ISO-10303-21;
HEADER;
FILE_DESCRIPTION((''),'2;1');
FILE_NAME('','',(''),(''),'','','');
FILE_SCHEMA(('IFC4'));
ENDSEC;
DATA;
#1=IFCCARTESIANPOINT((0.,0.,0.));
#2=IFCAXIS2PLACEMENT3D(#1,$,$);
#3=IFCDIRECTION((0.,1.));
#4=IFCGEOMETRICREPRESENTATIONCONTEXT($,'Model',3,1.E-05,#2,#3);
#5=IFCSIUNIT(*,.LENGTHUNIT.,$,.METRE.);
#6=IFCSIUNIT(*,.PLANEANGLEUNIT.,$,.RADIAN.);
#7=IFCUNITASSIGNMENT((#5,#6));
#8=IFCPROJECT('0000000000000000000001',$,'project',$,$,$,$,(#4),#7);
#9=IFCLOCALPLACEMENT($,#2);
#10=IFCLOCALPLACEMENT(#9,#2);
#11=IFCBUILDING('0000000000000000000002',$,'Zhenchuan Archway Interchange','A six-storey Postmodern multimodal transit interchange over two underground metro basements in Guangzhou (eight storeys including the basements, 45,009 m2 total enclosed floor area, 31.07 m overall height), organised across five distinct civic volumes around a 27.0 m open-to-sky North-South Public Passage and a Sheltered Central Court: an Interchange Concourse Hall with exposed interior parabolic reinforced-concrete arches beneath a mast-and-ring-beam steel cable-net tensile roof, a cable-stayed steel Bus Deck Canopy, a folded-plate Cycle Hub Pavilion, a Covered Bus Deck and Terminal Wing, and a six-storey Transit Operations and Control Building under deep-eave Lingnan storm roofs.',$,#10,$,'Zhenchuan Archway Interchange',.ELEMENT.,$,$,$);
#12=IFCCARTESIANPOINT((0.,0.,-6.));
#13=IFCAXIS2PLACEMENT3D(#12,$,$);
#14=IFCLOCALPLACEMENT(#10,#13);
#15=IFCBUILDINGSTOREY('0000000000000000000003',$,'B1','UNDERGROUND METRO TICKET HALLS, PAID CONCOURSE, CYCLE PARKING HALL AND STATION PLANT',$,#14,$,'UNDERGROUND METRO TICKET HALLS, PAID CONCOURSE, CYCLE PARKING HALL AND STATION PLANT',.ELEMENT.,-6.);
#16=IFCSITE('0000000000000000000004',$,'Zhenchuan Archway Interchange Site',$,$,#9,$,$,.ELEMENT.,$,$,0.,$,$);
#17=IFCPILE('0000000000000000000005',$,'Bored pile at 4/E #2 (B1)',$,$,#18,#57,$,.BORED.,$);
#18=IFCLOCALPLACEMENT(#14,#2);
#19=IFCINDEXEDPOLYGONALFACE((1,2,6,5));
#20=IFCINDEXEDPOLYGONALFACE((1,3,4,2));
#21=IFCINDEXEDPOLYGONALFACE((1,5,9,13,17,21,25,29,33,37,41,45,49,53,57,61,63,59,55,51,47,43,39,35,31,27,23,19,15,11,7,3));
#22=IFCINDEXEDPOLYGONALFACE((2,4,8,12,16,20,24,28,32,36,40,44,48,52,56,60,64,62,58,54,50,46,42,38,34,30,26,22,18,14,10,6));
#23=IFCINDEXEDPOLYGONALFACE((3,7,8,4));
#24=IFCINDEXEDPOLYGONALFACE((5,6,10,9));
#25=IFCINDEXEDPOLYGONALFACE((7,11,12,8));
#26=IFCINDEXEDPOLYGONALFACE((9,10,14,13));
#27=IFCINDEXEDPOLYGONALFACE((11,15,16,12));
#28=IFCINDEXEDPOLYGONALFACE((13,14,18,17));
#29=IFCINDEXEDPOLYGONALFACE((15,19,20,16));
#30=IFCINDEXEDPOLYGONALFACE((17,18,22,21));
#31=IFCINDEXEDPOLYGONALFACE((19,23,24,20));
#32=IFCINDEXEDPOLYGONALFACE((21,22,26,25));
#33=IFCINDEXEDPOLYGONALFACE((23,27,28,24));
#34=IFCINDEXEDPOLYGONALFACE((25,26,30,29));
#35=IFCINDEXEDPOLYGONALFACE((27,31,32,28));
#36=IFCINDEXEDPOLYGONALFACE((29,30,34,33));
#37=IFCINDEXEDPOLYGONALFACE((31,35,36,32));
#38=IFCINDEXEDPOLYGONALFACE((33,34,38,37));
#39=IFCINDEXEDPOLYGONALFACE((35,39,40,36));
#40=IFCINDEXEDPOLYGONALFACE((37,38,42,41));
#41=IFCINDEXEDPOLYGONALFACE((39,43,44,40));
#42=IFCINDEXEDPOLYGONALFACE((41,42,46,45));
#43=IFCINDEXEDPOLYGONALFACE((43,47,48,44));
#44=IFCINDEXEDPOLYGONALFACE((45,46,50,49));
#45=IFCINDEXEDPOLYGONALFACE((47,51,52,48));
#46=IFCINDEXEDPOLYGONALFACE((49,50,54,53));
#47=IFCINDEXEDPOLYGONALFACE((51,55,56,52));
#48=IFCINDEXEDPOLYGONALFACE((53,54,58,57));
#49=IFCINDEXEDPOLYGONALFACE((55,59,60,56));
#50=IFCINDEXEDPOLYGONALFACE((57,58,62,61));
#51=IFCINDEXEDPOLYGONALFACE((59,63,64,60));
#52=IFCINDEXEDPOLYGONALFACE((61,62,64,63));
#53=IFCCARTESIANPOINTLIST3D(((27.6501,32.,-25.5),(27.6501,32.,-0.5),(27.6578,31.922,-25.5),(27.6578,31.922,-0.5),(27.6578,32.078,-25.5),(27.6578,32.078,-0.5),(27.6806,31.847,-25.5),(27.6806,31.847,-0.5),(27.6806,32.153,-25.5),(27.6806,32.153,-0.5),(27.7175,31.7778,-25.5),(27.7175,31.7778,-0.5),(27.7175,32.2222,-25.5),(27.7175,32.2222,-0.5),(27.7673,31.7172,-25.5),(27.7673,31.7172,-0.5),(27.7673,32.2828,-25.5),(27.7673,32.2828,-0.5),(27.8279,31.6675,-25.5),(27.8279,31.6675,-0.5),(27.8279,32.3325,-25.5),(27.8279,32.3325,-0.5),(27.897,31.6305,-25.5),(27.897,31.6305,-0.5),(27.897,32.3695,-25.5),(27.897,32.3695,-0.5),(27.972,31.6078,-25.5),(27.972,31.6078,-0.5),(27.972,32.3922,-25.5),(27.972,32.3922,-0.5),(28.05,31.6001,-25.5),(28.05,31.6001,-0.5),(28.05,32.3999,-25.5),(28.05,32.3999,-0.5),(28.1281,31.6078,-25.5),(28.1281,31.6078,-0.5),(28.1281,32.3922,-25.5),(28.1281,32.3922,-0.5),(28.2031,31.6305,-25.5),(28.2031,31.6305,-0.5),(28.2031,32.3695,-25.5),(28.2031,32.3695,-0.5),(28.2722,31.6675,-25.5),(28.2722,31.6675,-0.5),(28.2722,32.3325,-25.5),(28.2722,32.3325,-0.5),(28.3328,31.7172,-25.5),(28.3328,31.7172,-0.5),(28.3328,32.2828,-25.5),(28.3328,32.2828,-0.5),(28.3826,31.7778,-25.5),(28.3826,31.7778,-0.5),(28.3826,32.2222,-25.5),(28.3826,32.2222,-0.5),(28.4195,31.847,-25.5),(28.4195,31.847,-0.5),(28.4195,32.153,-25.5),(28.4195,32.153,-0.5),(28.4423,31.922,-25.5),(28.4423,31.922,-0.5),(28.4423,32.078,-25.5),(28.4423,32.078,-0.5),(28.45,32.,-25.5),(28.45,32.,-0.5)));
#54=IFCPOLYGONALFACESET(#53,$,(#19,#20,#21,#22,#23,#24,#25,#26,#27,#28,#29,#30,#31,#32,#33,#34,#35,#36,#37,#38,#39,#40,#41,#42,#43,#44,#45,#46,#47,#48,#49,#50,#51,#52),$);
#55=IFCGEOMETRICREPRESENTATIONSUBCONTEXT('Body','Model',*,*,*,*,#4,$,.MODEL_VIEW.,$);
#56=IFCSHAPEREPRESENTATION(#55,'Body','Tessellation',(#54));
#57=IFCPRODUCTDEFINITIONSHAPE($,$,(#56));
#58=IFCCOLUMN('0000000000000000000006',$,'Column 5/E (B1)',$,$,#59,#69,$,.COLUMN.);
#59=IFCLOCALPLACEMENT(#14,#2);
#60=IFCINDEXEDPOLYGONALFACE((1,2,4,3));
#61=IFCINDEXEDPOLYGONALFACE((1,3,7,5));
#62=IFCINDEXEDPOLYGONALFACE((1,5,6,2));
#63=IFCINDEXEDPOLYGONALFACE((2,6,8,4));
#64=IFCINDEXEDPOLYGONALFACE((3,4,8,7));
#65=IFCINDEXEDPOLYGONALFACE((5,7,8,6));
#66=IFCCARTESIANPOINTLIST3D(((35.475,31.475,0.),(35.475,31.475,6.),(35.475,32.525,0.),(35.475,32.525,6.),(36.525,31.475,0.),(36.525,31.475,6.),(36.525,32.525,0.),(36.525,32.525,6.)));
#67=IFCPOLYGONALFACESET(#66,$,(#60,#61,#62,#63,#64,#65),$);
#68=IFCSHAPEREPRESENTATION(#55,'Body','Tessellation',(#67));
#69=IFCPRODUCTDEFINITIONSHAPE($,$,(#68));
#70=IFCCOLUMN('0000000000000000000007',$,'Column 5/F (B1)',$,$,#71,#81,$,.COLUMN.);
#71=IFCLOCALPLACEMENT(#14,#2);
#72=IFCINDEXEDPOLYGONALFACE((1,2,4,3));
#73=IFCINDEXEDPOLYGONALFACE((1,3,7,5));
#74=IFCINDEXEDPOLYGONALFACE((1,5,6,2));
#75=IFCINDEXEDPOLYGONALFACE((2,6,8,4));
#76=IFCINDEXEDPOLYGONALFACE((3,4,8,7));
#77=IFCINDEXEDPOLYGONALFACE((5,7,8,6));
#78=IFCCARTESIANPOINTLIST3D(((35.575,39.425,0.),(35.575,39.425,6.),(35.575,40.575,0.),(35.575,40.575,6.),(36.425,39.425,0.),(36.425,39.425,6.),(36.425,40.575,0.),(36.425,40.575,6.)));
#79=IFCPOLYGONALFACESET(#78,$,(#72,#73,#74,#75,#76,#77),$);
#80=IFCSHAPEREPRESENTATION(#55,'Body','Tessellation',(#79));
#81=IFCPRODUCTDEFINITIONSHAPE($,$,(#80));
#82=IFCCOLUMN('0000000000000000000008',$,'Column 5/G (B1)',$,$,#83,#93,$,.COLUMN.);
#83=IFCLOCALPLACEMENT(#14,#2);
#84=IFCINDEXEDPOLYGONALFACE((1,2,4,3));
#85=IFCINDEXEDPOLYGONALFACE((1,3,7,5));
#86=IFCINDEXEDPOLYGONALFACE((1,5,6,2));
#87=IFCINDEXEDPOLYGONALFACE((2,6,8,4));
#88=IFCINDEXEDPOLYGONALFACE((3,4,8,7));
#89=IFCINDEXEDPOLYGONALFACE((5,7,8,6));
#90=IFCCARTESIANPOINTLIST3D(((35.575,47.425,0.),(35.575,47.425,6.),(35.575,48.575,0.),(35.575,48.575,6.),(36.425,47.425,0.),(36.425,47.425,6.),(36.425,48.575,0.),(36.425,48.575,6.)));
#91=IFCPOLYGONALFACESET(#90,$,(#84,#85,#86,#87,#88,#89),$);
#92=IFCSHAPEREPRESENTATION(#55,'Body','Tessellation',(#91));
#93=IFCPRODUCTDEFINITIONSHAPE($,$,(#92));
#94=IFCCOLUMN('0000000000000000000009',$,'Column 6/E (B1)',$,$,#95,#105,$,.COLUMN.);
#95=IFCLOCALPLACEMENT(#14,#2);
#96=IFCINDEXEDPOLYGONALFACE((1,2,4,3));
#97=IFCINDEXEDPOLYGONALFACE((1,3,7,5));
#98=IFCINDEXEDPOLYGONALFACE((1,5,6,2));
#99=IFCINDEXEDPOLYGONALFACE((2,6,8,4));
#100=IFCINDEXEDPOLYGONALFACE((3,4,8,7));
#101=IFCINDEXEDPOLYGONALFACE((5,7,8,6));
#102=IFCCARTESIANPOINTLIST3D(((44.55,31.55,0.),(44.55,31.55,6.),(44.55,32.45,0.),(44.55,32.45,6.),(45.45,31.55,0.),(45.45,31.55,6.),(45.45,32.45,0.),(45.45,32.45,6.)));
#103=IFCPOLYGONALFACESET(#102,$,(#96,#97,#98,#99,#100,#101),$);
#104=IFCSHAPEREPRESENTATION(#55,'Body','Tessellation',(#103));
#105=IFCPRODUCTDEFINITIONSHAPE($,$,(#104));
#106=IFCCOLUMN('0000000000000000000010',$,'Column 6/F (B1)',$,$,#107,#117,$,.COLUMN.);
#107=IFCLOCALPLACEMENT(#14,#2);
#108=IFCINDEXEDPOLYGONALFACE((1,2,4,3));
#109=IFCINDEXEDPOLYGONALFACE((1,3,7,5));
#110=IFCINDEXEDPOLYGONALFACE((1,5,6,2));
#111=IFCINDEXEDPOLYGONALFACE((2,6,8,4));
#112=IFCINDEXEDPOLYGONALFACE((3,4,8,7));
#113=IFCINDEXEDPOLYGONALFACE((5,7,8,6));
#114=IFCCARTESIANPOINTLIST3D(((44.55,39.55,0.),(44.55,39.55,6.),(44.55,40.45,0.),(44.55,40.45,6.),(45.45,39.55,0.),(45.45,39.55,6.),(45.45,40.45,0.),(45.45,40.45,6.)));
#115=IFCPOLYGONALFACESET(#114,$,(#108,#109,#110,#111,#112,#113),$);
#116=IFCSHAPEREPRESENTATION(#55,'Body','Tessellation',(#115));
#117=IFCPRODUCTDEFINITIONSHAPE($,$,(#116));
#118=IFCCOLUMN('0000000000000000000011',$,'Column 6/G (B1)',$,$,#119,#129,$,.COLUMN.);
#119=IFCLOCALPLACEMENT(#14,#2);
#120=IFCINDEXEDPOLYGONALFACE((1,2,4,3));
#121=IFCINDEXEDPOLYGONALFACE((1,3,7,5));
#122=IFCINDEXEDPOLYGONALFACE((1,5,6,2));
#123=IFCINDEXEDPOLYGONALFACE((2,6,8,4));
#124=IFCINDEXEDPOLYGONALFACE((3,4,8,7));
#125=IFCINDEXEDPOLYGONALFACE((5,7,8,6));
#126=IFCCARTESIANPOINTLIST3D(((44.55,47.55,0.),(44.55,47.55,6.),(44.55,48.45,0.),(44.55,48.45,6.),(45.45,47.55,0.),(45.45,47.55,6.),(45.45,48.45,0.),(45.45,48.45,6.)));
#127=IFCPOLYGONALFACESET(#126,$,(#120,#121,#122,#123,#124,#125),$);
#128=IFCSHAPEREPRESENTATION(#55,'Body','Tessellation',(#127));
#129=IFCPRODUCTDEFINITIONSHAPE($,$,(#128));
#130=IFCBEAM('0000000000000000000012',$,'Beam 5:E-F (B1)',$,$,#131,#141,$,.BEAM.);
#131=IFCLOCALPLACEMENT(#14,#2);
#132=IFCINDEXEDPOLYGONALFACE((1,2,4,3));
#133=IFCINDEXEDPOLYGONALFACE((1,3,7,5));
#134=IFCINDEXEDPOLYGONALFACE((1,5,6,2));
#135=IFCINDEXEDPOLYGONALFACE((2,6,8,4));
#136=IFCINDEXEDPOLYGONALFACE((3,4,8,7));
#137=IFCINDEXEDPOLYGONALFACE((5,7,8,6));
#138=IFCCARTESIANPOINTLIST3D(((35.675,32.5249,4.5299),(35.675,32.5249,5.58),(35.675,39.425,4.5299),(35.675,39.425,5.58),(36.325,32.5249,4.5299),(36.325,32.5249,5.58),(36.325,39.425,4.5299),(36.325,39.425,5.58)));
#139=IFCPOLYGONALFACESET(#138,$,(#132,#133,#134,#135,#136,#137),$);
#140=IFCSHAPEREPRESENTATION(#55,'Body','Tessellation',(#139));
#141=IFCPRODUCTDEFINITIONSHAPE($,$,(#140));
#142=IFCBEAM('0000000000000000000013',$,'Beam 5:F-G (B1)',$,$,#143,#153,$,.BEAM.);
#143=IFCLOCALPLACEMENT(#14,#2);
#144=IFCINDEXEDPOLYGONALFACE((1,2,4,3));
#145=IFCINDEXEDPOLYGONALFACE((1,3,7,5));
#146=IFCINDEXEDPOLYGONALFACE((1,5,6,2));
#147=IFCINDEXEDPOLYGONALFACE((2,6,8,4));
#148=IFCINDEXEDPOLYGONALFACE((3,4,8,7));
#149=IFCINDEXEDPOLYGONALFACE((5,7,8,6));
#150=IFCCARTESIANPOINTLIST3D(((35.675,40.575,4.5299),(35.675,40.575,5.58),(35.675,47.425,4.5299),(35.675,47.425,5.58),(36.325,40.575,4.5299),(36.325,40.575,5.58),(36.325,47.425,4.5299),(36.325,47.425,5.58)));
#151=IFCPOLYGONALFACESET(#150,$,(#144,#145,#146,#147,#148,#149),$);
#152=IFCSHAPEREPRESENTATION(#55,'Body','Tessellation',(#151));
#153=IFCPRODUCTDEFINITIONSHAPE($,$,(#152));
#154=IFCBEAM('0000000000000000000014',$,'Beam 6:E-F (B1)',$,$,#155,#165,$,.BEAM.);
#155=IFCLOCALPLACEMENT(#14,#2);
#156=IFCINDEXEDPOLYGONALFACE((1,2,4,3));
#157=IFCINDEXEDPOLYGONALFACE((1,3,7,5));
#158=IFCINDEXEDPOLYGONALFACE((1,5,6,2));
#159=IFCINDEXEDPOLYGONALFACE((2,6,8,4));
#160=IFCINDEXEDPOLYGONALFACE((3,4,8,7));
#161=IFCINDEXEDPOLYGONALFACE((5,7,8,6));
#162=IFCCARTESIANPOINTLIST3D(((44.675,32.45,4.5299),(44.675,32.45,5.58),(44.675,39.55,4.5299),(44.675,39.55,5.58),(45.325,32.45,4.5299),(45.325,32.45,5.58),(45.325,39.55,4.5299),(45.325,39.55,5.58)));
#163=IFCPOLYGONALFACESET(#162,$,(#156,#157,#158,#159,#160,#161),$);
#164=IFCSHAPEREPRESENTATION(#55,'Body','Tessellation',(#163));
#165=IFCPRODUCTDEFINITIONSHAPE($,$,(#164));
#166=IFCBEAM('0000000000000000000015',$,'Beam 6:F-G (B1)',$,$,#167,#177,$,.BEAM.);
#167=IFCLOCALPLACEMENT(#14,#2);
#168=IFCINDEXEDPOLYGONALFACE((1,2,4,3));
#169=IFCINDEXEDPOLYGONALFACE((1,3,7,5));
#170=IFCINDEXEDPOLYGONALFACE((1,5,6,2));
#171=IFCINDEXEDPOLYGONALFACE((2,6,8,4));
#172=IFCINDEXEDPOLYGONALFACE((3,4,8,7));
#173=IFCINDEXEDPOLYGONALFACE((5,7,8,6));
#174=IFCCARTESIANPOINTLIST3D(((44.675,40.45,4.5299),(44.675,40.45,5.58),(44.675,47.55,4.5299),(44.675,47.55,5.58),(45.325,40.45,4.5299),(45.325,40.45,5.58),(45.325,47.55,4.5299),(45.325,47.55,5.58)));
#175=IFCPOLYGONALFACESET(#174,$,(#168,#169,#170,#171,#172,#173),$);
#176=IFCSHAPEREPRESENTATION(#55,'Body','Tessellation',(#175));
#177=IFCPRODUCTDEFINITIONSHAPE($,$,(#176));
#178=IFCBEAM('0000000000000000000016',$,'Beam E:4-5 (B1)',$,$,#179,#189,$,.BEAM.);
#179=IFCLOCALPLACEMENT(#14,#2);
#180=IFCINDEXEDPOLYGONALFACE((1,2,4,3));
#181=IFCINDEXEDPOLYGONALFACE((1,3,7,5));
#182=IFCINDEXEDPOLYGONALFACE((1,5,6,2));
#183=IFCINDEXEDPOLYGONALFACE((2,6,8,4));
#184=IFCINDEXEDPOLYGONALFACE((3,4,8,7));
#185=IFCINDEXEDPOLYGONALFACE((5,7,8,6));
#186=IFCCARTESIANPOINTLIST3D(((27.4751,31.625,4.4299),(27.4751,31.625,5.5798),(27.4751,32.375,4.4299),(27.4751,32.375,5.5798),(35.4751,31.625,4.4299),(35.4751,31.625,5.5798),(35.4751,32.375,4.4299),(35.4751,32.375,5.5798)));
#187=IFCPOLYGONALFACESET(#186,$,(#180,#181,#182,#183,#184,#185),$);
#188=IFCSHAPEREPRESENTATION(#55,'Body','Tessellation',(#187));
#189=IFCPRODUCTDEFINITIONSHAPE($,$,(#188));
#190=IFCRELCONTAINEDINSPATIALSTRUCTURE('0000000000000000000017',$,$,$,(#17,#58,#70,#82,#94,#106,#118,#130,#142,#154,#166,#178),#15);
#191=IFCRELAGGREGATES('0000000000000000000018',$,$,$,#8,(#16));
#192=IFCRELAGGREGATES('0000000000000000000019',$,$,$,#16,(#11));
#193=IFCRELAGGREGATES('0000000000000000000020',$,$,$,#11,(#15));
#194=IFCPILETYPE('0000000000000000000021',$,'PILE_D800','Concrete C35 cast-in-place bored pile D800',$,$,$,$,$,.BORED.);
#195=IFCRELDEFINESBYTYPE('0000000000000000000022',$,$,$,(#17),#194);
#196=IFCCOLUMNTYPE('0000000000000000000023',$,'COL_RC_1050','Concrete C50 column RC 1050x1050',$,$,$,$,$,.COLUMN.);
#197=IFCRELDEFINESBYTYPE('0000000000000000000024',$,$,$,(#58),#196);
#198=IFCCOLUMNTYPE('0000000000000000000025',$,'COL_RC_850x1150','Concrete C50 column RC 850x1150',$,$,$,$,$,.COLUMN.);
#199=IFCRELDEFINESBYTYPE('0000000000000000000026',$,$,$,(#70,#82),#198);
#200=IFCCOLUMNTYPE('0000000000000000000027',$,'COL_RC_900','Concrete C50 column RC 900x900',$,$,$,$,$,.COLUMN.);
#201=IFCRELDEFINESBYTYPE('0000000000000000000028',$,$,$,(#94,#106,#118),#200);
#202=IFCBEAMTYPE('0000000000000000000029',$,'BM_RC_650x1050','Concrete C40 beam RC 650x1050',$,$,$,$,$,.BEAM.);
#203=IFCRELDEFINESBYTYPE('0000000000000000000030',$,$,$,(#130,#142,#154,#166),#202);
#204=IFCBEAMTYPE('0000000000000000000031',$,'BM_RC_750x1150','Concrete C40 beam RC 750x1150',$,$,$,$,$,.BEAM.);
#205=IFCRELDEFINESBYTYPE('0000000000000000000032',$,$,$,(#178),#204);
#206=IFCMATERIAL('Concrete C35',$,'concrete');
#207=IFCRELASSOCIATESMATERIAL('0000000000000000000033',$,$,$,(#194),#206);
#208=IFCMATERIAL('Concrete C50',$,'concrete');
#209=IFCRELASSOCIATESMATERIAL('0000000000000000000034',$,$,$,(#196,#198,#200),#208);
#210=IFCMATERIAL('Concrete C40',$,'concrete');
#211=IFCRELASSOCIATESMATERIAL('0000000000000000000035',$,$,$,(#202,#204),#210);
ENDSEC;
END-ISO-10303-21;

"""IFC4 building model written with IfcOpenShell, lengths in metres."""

from ifc_helpers import new_model, si_unit, direction, frame, origin, origin_2d, place, context, subcontext, project, spatial, rectangle, circle, extrude, material, material_profile, profile_set, type_object, element, save


model = new_model("IFC4")

# Units and contexts
model_context = context("Model", 3, precision=1e-05, world=origin(), true_north=direction((0.0, 1.0)))
body_context = subcontext(model_context, "Body", "Model", "MODEL_VIEW")
ifc_project = project(units=[si_unit("LENGTHUNIT", "METRE"), si_unit("PLANEANGLEUNIT", "RADIAN")], contexts=[model_context])

# Site, building, storey
site_placement = place(None, origin())
site = spatial("IfcSite", under=ifc_project, at=site_placement, Name="Zhenchuan Archway Interchange Site", CompositionType="ELEMENT", RefElevation=0.0)
building_placement = place(site_placement, origin())
building = spatial("IfcBuilding", under=site, at=building_placement, Name="Zhenchuan Archway Interchange", Description="A six-storey Postmodern multimodal transit interchange over two underground metro basements in Guangzhou (eight storeys including the basements, 45,009 m2 total enclosed floor area, 31.07 m overall height), organised across five distinct civic volumes around a 27.0 m open-to-sky North-South Public Passage and a Sheltered Central Court: an Interchange Concourse Hall with exposed interior parabolic reinforced-concrete arches beneath a mast-and-ring-beam steel cable-net tensile roof, a cable-stayed steel Bus Deck Canopy, a folded-plate Cycle Hub Pavilion, a Covered Bus Deck and Terminal Wing, and a six-storey Transit Operations and Control Building under deep-eave Lingnan storm roofs.", LongName="Zhenchuan Archway Interchange", CompositionType="ELEMENT")
storey_placement = place(building_placement, frame((0.0, 0.0, -6.0)))
storey = spatial("IfcBuildingStorey", under=building, at=storey_placement, Name="B1", Description="UNDERGROUND METRO TICKET HALLS, PAID CONCOURSE, CYCLE PARKING HALL AND STATION PLANT", LongName="UNDERGROUND METRO TICKET HALLS, PAID CONCOURSE, CYCLE PARKING HALL AND STATION PLANT", CompositionType="ELEMENT", Elevation=-6.0)

# Pile
ifc_material_1 = material(Name="Concrete C35", Category="concrete")
ifc_material_profile_1 = material_profile(ifc_material_1, circle(Radius=0.3999, at=origin_2d()), Name="BORED PILE 800")
ifc_profile_set_1 = profile_set([ifc_material_profile_1], Name="Concrete C35")
pile_type = type_object("IfcPileType", Name="PILE_D800", Description="Concrete C35 cast-in-place bored pile D800", PredefinedType="BORED", material=ifc_profile_set_1)
pile_placement = place(storey_placement, frame((28.05, 32.0, -0.5), z_axis=(0.0, 0.0, -1.0), x_axis=(1.0, 0.0, 0.0)))
element("IfcPile", 1, at=pile_placement, inside=storey, type_object=pile_type, Name="Bored pile at 4/E #2 (B1)", PredefinedType="BORED", context=body_context, shape_type="SweptSolid", body=[
    extrude(circle(Radius=0.3999, at=origin_2d()), origin(), (0.0, 0.0, 1.0), 25.0),
])

# Columns
ifc_material_2 = material(Name="Concrete C50", Category="concrete")
ifc_material_profile_2 = material_profile(ifc_material_2, rectangle(XDim=1.05, YDim=1.05, at=origin_2d()), Name="RC 1050x1050")
ifc_profile_set_2 = profile_set([ifc_material_profile_2], Name="Concrete C50")
column_type_1 = type_object("IfcColumnType", Name="COL_RC_1050", Description="Concrete C50 column RC 1050x1050", PredefinedType="COLUMN", material=ifc_profile_set_2)
column_placement = place(storey_placement, frame((36.0, 32.0, 0.0), z_axis=(0.0, 0.0, 1.0), x_axis=(1.0, 0.0, 0.0)))
element("IfcColumn", 2, at=column_placement, inside=storey, type_object=column_type_1, Name="Column 5/E (B1)", PredefinedType="COLUMN", context=body_context, shape_type="SweptSolid", body=[
    extrude(rectangle(XDim=1.05, YDim=1.05, at=origin_2d()), origin(), (0.0, 0.0, 1.0), 6.0),
])
ifc_material_profile_3 = material_profile(ifc_material_2, rectangle(XDim=0.8501, YDim=1.1499, at=origin_2d()), Name="RC 850x1150")
ifc_profile_set_3 = profile_set([ifc_material_profile_3], Name="Concrete C50")
column_type_2 = type_object("IfcColumnType", Name="COL_RC_850x1150", Description="Concrete C50 column RC 850x1150", PredefinedType="COLUMN", material=ifc_profile_set_3)
for number, where, z_axis, x_axis, name in (
    (3, (36.0, 40.0, 0.0), (0.0, 0.0, 1.0), (1.0, 0.0, 0.0), "Column 5/F (B1)"),
    (4, (36.0, 48.0, 0.0), (0.0, 0.0, 1.0), (1.0, 0.0, 0.0), "Column 5/G (B1)"),
):
    element("IfcColumn", number, at=place(storey_placement, frame(where, z_axis=z_axis, x_axis=x_axis)), inside=storey, type_object=column_type_2, Name=name, PredefinedType="COLUMN", context=body_context, shape_type="SweptSolid", body=[
        extrude(rectangle(XDim=0.8501, YDim=1.1499, at=origin_2d()), origin(), (0.0, 0.0, 1.0), 6.0),
    ])
ifc_material_profile_4 = material_profile(ifc_material_2, rectangle(XDim=0.8999, YDim=0.8999, at=origin_2d()), Name="RC 900x900")
ifc_profile_set_4 = profile_set([ifc_material_profile_4], Name="Concrete C50")
column_type_3 = type_object("IfcColumnType", Name="COL_RC_900", Description="Concrete C50 column RC 900x900", PredefinedType="COLUMN", material=ifc_profile_set_4)
for number, where, z_axis, x_axis, name in (
    (5, (45.0, 32.0, 0.0), (0.0, 0.0, 1.0), (1.0, 0.0, 0.0), "Column 6/E (B1)"),
    (6, (45.0, 40.0, 0.0), (0.0, 0.0, 1.0), (1.0, 0.0, 0.0), "Column 6/F (B1)"),
    (7, (45.0, 48.0, 0.0), (0.0, 0.0, 1.0), (1.0, 0.0, 0.0), "Column 6/G (B1)"),
):
    element("IfcColumn", number, at=place(storey_placement, frame(where, z_axis=z_axis, x_axis=x_axis)), inside=storey, type_object=column_type_3, Name=name, PredefinedType="COLUMN", context=body_context, shape_type="SweptSolid", body=[
        extrude(rectangle(XDim=0.8999, YDim=0.8999, at=origin_2d()), origin(), (0.0, 0.0, 1.0), 6.0),
    ])

# Beams
ifc_material_3 = material(Name="Concrete C40", Category="concrete")
ifc_material_profile_5 = material_profile(ifc_material_3, rectangle(XDim=0.6499, YDim=1.05, at=origin_2d()), Name="RC 650x1050")
ifc_profile_set_5 = profile_set([ifc_material_profile_5], Name="Concrete C40")
beam_type_1 = type_object("IfcBeamType", Name="BM_RC_650x1050", Description="Concrete C40 beam RC 650x1050", PredefinedType="BEAM", material=ifc_profile_set_5)
beam_1_placement = place(storey_placement, frame((36.0, 32.5249, 5.0549), z_axis=(0.0, 1.0, 0.0), x_axis=(-1.0, 0.0, 0.0)))
element("IfcBeam", 8, at=beam_1_placement, inside=storey, type_object=beam_type_1, Name="Beam 5:E-F (B1)", PredefinedType="BEAM", context=body_context, shape_type="SweptSolid", body=[
    extrude(rectangle(XDim=0.6499, YDim=1.05, at=origin_2d()), origin(), (0.0, 0.0, 1.0), 6.9001),
])
beam_2_placement = place(storey_placement, frame((36.0, 40.575, 5.0549), z_axis=(0.0, 1.0, 0.0), x_axis=(-1.0, 0.0, 0.0)))
element("IfcBeam", 9, at=beam_2_placement, inside=storey, type_object=beam_type_1, Name="Beam 5:F-G (B1)", PredefinedType="BEAM", context=body_context, shape_type="SweptSolid", body=[
    extrude(rectangle(XDim=0.6499, YDim=1.05, at=origin_2d()), origin(), (0.0, 0.0, 1.0), 6.8501),
])
for number, where, z_axis, x_axis, name in (
    (10, (45.0, 32.45, 5.0549), (0.0, 1.0, 0.0), (-1.0, 0.0, 0.0), "Beam 6:E-F (B1)"),
    (11, (45.0, 40.45, 5.0549), (0.0, 1.0, 0.0), (-1.0, 0.0, 0.0), "Beam 6:F-G (B1)"),
):
    element("IfcBeam", number, at=place(storey_placement, frame(where, z_axis=z_axis, x_axis=x_axis)), inside=storey, type_object=beam_type_1, Name=name, PredefinedType="BEAM", context=body_context, shape_type="SweptSolid", body=[
        extrude(rectangle(XDim=0.6499, YDim=1.05, at=origin_2d()), origin(), (0.0, 0.0, 1.0), 7.1001),
    ])
ifc_material_profile_6 = material_profile(ifc_material_3, rectangle(XDim=0.75, YDim=1.1499, at=origin_2d()), Name="RC 750x1150")
ifc_profile_set_6 = profile_set([ifc_material_profile_6], Name="Concrete C40")
beam_type_2 = type_object("IfcBeamType", Name="BM_RC_750x1150", Description="Concrete C40 beam RC 750x1150", PredefinedType="BEAM", material=ifc_profile_set_6)
beam_3_placement = place(storey_placement, frame((27.4751, 32.0, 5.0049), z_axis=(1.0, 0.0, 0.0), x_axis=(0.0, 1.0, 0.0)))
element("IfcBeam", 12, at=beam_3_placement, inside=storey, type_object=beam_type_2, Name="Beam E:4-5 (B1)", PredefinedType="BEAM", context=body_context, shape_type="SweptSolid", body=[
    extrude(rectangle(XDim=0.75, YDim=1.1499, at=origin_2d()), origin(), (0.0, 0.0, 1.0), 8.0),
])

save(model, "model.ifc")
